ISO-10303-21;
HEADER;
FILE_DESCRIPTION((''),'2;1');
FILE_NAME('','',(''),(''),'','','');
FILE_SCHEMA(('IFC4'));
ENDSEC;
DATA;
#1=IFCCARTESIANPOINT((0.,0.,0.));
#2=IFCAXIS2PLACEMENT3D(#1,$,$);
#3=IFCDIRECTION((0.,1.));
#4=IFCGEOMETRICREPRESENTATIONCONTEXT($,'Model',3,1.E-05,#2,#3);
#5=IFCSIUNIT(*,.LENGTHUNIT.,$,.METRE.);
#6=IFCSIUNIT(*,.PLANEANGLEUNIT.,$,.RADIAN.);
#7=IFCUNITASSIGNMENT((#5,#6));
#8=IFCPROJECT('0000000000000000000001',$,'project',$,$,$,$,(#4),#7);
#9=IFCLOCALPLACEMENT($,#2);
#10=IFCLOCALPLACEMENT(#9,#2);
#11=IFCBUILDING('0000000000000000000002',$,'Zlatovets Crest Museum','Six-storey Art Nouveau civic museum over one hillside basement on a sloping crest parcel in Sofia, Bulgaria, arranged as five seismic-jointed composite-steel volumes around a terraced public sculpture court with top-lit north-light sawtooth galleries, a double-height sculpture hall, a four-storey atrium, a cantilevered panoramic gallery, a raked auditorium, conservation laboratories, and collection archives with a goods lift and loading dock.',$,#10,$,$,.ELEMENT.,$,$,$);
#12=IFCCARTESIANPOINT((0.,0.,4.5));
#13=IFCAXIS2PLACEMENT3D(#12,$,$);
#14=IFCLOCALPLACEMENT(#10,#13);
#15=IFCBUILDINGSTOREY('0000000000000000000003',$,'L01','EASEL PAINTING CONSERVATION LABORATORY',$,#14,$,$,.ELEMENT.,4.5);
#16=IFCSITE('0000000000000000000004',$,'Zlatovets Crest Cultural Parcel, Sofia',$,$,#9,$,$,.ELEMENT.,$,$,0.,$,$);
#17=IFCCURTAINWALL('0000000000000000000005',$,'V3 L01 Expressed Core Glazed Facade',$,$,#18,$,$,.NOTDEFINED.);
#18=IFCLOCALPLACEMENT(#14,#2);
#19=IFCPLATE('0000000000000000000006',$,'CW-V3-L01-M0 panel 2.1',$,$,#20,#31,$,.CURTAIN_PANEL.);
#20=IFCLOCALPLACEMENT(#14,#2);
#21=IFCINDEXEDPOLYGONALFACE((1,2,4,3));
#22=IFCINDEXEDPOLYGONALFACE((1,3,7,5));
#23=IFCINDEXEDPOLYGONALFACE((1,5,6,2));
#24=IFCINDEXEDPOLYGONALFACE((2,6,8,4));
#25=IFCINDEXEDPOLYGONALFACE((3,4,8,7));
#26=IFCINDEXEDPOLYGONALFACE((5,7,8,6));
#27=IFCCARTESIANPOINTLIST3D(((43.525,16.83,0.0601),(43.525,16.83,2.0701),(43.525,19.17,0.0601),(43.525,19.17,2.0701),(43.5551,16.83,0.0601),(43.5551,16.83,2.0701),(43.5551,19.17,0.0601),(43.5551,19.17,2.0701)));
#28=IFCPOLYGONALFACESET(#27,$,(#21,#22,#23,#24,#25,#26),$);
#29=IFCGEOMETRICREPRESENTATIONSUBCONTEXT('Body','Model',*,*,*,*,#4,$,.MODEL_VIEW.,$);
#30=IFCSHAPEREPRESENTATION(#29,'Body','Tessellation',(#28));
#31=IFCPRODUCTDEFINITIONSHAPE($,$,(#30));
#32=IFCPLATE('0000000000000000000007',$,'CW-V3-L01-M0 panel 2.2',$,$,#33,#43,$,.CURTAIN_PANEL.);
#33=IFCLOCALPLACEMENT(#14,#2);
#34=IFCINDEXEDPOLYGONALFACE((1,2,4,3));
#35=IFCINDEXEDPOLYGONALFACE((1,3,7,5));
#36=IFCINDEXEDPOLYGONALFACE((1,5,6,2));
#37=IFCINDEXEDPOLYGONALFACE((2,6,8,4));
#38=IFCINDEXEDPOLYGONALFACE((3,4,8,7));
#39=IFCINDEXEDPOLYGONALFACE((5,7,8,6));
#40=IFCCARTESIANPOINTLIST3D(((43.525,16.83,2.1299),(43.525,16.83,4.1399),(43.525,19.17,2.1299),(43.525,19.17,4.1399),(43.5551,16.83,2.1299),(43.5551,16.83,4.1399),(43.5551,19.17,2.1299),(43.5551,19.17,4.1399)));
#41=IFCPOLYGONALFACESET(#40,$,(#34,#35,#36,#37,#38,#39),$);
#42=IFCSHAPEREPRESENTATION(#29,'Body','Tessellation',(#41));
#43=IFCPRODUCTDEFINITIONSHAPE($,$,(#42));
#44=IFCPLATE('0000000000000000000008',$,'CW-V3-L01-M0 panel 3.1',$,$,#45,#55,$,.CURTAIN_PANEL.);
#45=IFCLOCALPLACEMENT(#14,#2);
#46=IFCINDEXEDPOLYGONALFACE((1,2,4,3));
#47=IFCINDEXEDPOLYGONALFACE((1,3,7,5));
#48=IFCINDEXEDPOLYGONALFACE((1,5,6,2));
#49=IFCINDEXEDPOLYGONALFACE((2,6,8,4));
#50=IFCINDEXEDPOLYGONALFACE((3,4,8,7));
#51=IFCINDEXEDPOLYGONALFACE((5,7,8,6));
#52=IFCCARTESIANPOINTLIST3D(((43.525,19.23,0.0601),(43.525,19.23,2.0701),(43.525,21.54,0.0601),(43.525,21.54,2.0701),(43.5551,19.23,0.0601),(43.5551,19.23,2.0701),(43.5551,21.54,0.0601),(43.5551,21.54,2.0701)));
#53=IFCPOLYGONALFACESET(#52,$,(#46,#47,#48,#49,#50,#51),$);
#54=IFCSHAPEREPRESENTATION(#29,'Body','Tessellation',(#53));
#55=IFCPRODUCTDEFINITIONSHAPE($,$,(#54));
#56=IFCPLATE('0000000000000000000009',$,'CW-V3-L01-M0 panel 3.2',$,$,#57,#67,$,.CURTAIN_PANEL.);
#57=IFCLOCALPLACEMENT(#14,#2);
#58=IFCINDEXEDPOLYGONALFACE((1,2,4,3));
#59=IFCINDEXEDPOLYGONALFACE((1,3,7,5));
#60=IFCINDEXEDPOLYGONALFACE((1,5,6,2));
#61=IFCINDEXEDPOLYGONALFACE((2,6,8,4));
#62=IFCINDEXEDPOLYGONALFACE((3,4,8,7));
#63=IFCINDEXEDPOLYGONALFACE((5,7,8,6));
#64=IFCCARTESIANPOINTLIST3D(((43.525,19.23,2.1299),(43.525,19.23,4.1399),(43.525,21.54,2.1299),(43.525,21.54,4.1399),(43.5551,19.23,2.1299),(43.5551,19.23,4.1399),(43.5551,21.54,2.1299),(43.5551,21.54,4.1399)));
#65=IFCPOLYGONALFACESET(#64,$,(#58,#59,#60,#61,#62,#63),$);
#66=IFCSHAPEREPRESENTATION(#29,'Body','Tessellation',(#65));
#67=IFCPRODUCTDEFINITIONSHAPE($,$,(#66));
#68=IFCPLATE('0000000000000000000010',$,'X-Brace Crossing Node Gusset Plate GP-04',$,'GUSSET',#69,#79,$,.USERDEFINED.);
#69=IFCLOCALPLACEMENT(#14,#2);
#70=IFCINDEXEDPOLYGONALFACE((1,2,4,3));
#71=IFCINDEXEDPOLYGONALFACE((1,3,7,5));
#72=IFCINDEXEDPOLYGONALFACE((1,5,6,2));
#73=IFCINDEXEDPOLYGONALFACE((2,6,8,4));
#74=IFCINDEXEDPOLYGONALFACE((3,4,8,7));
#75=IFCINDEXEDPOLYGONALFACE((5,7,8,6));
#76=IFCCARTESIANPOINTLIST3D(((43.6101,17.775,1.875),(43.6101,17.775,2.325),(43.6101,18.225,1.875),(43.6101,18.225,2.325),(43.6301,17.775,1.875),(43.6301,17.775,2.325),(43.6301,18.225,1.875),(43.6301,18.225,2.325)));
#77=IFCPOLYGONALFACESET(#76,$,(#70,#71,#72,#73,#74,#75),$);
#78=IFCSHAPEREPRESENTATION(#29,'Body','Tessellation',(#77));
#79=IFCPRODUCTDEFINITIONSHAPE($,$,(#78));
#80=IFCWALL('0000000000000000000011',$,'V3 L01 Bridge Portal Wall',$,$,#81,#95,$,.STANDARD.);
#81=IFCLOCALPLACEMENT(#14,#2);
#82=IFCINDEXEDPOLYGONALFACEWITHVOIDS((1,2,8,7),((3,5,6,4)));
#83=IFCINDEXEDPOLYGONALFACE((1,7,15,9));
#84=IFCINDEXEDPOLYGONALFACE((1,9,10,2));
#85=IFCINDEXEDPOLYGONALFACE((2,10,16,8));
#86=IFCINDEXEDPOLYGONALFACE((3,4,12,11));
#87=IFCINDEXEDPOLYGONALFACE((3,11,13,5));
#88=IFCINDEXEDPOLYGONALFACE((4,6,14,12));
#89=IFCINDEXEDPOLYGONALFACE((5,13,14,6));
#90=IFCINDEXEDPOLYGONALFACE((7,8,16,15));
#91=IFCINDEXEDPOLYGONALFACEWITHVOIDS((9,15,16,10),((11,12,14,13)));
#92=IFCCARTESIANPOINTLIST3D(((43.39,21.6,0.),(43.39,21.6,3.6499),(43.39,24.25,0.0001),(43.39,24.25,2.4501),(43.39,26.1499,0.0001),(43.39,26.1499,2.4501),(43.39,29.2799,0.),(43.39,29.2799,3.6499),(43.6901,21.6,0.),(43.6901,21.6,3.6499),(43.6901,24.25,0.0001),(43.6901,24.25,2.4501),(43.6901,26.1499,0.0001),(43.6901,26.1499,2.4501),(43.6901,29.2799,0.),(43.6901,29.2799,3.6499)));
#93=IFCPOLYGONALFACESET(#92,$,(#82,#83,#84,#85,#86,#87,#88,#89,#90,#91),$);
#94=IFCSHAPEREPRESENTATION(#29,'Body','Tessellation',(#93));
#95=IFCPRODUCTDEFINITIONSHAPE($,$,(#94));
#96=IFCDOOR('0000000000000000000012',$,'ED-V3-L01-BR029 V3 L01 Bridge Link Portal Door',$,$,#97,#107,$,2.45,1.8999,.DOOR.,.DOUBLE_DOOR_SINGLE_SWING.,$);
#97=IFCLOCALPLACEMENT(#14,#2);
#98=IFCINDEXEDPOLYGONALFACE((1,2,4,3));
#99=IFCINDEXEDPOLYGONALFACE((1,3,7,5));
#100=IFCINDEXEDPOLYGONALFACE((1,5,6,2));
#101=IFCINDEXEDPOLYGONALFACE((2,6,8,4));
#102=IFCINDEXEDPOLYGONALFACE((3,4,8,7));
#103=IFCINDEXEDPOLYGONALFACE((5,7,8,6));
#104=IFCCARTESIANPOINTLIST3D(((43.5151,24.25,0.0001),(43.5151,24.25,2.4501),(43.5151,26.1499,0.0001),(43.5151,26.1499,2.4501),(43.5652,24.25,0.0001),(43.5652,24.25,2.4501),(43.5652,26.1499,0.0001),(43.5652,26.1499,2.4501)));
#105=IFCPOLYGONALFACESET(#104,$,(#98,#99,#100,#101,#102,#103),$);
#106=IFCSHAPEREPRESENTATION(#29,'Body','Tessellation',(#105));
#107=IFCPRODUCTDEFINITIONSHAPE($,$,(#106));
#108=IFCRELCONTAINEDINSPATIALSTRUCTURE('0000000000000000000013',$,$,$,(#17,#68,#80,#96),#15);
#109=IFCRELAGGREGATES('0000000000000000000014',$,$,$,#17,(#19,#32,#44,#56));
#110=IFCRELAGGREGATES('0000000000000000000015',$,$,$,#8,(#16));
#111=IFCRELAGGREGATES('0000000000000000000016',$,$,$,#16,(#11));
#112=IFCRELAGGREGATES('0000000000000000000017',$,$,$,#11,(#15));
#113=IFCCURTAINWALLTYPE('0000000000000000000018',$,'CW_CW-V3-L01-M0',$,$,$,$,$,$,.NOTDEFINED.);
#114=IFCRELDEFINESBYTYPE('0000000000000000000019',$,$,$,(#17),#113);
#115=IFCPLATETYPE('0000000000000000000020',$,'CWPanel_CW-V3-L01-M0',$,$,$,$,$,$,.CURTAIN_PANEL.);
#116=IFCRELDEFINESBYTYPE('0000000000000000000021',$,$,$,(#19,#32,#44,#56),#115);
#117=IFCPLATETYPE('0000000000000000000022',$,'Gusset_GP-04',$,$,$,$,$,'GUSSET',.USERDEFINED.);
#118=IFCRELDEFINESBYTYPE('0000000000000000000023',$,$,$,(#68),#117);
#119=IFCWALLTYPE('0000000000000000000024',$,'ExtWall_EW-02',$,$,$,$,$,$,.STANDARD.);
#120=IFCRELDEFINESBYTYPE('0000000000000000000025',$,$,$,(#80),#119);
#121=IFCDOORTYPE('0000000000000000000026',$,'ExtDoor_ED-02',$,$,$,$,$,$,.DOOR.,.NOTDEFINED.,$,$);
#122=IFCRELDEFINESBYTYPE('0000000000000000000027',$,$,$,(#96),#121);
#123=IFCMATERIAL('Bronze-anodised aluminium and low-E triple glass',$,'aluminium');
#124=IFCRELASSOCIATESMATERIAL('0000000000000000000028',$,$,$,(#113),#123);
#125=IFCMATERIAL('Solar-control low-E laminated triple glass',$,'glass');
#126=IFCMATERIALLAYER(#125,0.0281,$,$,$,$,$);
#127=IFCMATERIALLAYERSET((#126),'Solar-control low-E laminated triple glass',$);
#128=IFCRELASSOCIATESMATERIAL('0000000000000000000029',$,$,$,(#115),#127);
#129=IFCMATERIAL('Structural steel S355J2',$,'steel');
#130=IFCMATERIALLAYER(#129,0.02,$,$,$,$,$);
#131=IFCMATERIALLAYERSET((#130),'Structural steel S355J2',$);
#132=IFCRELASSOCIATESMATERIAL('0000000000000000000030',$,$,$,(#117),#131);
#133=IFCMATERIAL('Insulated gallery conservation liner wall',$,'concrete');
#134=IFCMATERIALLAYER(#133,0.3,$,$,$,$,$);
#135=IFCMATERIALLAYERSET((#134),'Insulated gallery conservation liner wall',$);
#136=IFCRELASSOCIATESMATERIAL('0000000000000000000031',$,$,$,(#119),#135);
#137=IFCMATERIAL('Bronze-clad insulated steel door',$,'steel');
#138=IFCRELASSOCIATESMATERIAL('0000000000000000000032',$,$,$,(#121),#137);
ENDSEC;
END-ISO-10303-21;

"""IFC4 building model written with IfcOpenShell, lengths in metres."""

from ifc_helpers import new_model, si_unit, direction, frame, frame_2d, origin, origin_2d, place, context, subcontext, project, spatial, rectangle, extrude, material, layer, layer_set, type_object, element, fill, aggregate, save


model = new_model("IFC4")

# Units and contexts
model_context = context("Model", 3, precision=1e-05, world=origin(), true_north=direction((0.0, 1.0)))
body_context = subcontext(model_context, "Body", "Model", "MODEL_VIEW")
ifc_project = project(units=[si_unit("LENGTHUNIT", "METRE"), si_unit("PLANEANGLEUNIT", "RADIAN")], contexts=[model_context])

# Site, building, storey
site_placement = place(None, origin())
site = spatial("IfcSite", under=ifc_project, at=site_placement, Name="Zlatovets Crest Cultural Parcel, Sofia", CompositionType="ELEMENT", RefElevation=0.0)
building_placement = place(site_placement, origin())
building = spatial("IfcBuilding", under=site, at=building_placement, Name="Zlatovets Crest Museum", Description="Six-storey Art Nouveau civic museum over one hillside basement on a sloping crest parcel in Sofia, Bulgaria, arranged as five seismic-jointed composite-steel volumes around a terraced public sculpture court with top-lit north-light sawtooth galleries, a double-height sculpture hall, a four-storey atrium, a cantilevered panoramic gallery, a raked auditorium, conservation laboratories, and collection archives with a goods lift and loading dock.", CompositionType="ELEMENT")
storey_placement = place(building_placement, frame((0.0, 0.0, 4.5)))
storey = spatial("IfcBuildingStorey", under=building, at=storey_placement, Name="L01", Description="EASEL PAINTING CONSERVATION LABORATORY", CompositionType="ELEMENT", Elevation=4.5)

# Shared definitions
ifc_material_1 = material(Name="Structural steel S355J2", Category="steel")

# Curtain wall
ifc_material_2 = material(Name="Bronze-anodised aluminium and low-E triple glass", Category="aluminium")
curtain_wall_type_1 = type_object("IfcCurtainWallType", Name="CW_CW-V3-L01-M0", PredefinedType="NOTDEFINED", material=ifc_material_2)
curtain_wall_1_placement = place(storey_placement, origin())
curtain_wall_1 = element("IfcCurtainWall", 1, at=curtain_wall_1_placement, inside=storey, type_object=curtain_wall_type_1, Name="V3 L01 Expressed Core Glazed Facade", PredefinedType="NOTDEFINED")

# Plates
ifc_material_3 = material(Name="Solar-control low-E laminated triple glass", Category="glass")
ifc_layer_1 = layer(ifc_material_3, 0.0281)
ifc_layer_set_1 = layer_set([ifc_layer_1], Name="Solar-control low-E laminated triple glass")
plate_type_1 = type_object("IfcPlateType", Name="CWPanel_CW-V3-L01-M0", PredefinedType="CURTAIN_PANEL", material=ifc_layer_set_1)
plate_1_placement = place(storey_placement, frame((43.54, 18.0, 0.0601), z_axis=(0.0, 0.0, 1.0), x_axis=(0.0, 1.0, 0.0)))
plate_1 = element("IfcPlate", 2, at=plate_1_placement, type_object=plate_type_1, Name="CW-V3-L01-M0 panel 2.1", PredefinedType="CURTAIN_PANEL", context=body_context, shape_type="SweptSolid", body=[
    extrude(rectangle(XDim=2.3401, YDim=0.03, at=origin_2d()), origin(), (0.0, 0.0, 1.0), 2.01),
])
plate_2_placement = place(storey_placement, frame((43.54, 18.0, 2.1299), z_axis=(0.0, 0.0, 1.0), x_axis=(0.0, 1.0, 0.0)))
plate_2 = element("IfcPlate", 3, at=plate_2_placement, type_object=plate_type_1, Name="CW-V3-L01-M0 panel 2.2", PredefinedType="CURTAIN_PANEL", context=body_context, shape_type="SweptSolid", body=[
    extrude(rectangle(XDim=2.3401, YDim=0.03, at=origin_2d()), origin(), (0.0, 0.0, 1.0), 2.01),
])
plate_3_placement = place(storey_placement, frame((43.54, 20.385, 0.0601), z_axis=(0.0, 0.0, 1.0), x_axis=(0.0, 1.0, 0.0)))
plate_3 = element("IfcPlate", 4, at=plate_3_placement, type_object=plate_type_1, Name="CW-V3-L01-M0 panel 3.1", PredefinedType="CURTAIN_PANEL", context=body_context, shape_type="SweptSolid", body=[
    extrude(rectangle(XDim=2.3101, YDim=0.03, at=origin_2d()), origin(), (0.0, 0.0, 1.0), 2.01),
])
plate_4_placement = place(storey_placement, frame((43.54, 20.385, 2.1299), z_axis=(0.0, 0.0, 1.0), x_axis=(0.0, 1.0, 0.0)))
plate_4 = element("IfcPlate", 5, at=plate_4_placement, type_object=plate_type_1, Name="CW-V3-L01-M0 panel 3.2", PredefinedType="CURTAIN_PANEL", context=body_context, shape_type="SweptSolid", body=[
    extrude(rectangle(XDim=2.3101, YDim=0.03, at=origin_2d()), origin(), (0.0, 0.0, 1.0), 2.01),
])
aggregate(curtain_wall_1, [plate_1, plate_2, plate_3, plate_4])
ifc_layer_2 = layer(ifc_material_1, 0.02)
ifc_layer_set_2 = layer_set([ifc_layer_2], Name="Structural steel S355J2")
plate_type_2 = type_object("IfcPlateType", Name="Gusset_GP-04", ElementType="GUSSET", PredefinedType="USERDEFINED", material=ifc_layer_set_2)
plate_5_placement = place(storey_placement, frame((43.6201, 18.0, 1.875), z_axis=(0.0, 0.0, 1.0), x_axis=(1.0, 0.0, 0.0)))
element("IfcPlate", 6, at=plate_5_placement, inside=storey, type_object=plate_type_2, Name="X-Brace Crossing Node Gusset Plate GP-04", ObjectType="GUSSET", PredefinedType="USERDEFINED", context=body_context, shape_type="SweptSolid", body=[
    extrude(rectangle(XDim=0.02, YDim=0.45, at=origin_2d()), origin(), (0.0, 0.0, 1.0), 0.45),
])

# Wall, opening, door
ifc_material_4 = material(Name="Insulated gallery conservation liner wall", Category="concrete")
ifc_layer_3 = layer(ifc_material_4, 0.3)
ifc_layer_set_3 = layer_set([ifc_layer_3], Name="Insulated gallery conservation liner wall")
wall_type = type_object("IfcWallType", Name="ExtWall_EW-02", PredefinedType="STANDARD", material=ifc_layer_set_3)
wall_placement = place(storey_placement, frame((43.54, 21.6001, 0.0), z_axis=(0.0, 0.0, 1.0), x_axis=(0.0, 1.0, 0.0)))
wall = element("IfcWall", 7, at=wall_placement, inside=storey, type_object=wall_type, Name="V3 L01 Bridge Portal Wall", PredefinedType="STANDARD", context=body_context, shape_type="SweptSolid", body=[
    extrude(rectangle(XDim=7.6799, YDim=0.3, at=frame_2d((3.8398, 0.0))), origin(), (0.0, 0.0, 1.0), 3.6499),
])
opening_placement = place(wall_placement, frame((2.6499, 0.0, 0.0)))
opening = element("IfcOpeningElement", 8, at=opening_placement, cuts=wall, PredefinedType="OPENING", context=body_context, shape_type="SweptSolid", body=[
    extrude(rectangle(XDim=1.8999, YDim=2.45, at=frame_2d((0.95, 1.2251))), frame((0.0, 0.1602, 0.0), z_axis=(0.0, -1.0, 0.0), x_axis=(1.0, 0.0, 0.0)), (0.0, 0.0, 1.0), 0.3201),
])
ifc_material_5 = material(Name="Bronze-clad insulated steel door", Category="steel")
door_type = type_object("IfcDoorType", Name="ExtDoor_ED-02", OperationType="NOTDEFINED", PredefinedType="DOOR", material=ifc_material_5)
door_placement = place(opening_placement, origin())
door = element("IfcDoor", 9, at=door_placement, inside=storey, type_object=door_type, Name="ED-V3-L01-BR029 V3 L01 Bridge Link Portal Door", OperationType="DOUBLE_DOOR_SINGLE_SWING", OverallHeight=2.45, OverallWidth=1.8999, PredefinedType="DOOR", context=body_context, shape_type="SweptSolid", body=[
    extrude(rectangle(XDim=1.8999, YDim=2.45, at=frame_2d((0.95, 1.2251))), frame((0.0, 0.0249, 0.0), z_axis=(0.0, -1.0, 0.0), x_axis=(1.0, 0.0, 0.0)), (0.0, 0.0, 1.0), 0.05),
])
fill(opening, door)

save(model, "model.ifc")
